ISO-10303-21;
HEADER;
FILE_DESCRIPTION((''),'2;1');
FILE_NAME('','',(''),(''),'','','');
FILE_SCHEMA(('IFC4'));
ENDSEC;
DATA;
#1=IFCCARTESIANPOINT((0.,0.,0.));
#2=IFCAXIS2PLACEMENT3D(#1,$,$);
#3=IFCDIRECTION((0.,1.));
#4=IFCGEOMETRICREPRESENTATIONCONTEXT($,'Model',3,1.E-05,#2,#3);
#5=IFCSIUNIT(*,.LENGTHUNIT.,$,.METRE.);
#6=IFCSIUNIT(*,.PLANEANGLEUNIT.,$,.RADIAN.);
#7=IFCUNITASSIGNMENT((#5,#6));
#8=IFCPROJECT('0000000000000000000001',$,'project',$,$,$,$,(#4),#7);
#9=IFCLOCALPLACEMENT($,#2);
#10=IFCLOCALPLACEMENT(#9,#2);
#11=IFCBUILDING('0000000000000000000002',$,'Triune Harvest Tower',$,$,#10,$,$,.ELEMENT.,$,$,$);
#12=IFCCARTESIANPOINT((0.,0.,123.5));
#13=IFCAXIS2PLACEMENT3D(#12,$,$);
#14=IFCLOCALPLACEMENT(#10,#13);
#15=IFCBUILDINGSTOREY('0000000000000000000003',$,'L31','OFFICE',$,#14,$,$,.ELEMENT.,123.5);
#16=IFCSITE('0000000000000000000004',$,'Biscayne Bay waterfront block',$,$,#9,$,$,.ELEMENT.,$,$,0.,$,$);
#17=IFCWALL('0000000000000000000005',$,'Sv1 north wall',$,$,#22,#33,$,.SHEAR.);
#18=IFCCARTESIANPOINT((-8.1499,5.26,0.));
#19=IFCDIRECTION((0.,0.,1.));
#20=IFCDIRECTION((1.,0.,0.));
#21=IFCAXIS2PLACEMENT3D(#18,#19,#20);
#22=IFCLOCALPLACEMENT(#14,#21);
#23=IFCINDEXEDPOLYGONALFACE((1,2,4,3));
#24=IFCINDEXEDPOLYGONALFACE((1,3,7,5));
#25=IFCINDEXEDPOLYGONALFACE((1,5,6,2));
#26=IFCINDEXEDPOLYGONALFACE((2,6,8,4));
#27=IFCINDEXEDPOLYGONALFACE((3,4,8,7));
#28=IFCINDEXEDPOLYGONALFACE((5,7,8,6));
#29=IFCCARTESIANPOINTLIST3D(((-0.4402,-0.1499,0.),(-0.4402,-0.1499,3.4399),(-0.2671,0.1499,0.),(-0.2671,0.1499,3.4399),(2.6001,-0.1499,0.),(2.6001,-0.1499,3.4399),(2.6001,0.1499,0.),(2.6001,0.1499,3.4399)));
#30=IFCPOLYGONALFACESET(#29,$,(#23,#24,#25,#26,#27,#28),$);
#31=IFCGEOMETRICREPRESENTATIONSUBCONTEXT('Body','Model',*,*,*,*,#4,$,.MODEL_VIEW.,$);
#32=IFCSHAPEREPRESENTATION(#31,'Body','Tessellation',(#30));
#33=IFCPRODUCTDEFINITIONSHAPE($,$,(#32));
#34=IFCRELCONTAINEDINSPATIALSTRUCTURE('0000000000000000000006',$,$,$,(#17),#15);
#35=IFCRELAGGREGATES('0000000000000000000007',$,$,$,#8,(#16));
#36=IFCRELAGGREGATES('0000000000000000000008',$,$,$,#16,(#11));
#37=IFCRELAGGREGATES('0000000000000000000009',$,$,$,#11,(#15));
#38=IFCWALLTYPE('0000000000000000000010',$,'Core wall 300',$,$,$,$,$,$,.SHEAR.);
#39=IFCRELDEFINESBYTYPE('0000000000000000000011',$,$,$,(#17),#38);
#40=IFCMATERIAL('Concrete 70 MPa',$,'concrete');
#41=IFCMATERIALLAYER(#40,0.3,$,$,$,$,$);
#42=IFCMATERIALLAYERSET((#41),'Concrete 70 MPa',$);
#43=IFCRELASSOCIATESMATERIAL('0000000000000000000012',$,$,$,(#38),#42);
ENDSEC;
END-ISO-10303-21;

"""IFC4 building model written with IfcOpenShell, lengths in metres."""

from ifc_helpers import new_model, si_unit, direction, frame, origin, place, context, subcontext, project, spatial, polyline, outline, extrude, source, transform, mapped, material, layer, layer_set, type_object, element, save


model = new_model("IFC4")

# Units and contexts
model_context = context("Model", 3, precision=1e-05, world=origin(), true_north=direction((0.0, 1.0)))
body_context = subcontext(model_context, "Body", "Model", "MODEL_VIEW")
ifc_project = project(units=[si_unit("LENGTHUNIT", "METRE"), si_unit("PLANEANGLEUNIT", "RADIAN")], contexts=[model_context])

# Site, building, storey
site_placement = place(None, origin())
site = spatial("IfcSite", under=ifc_project, at=site_placement, Name="Biscayne Bay waterfront block", CompositionType="ELEMENT", RefElevation=0.0)
building_placement = place(site_placement, origin())
building = spatial("IfcBuilding", under=site, at=building_placement, Name="Triune Harvest Tower", CompositionType="ELEMENT")
storey_placement = place(building_placement, frame((0.0, 0.0, 123.5)))
storey = spatial("IfcBuildingStorey", under=building, at=storey_placement, Name="L31", Description="OFFICE", CompositionType="ELEMENT", Elevation=123.5)

# Shared definitions
ifc_material_1 = material(Name="Concrete 70 MPa", Category="concrete")
ifc_layer_1 = layer(ifc_material_1, 0.3)
ifc_layer_set_1 = layer_set([ifc_layer_1], Name="Concrete 70 MPa")
wall_type_1 = type_object("IfcWallType", Name="Core wall 300", PredefinedType="SHEAR", material=ifc_layer_set_1)

# Wall
shared_shape_1 = source(origin(), body_context, "Body", "SweptSolid", [
    extrude(outline(polyline([(2.6001, -0.1499), (-0.4402, -0.1499), (-0.2671, 0.1499), (2.6001, 0.1499), (2.6001, -0.1499)])), origin(), (0.0, 0.0, 1.0), 3.4399),
])
wall_1_placement = place(storey_placement, frame((-8.1499, 5.26, 0.0), z_axis=(0.0, 0.0, 1.0), x_axis=(1.0, 0.0, 0.0)))
element("IfcWall", 1, at=wall_1_placement, inside=storey, type_object=wall_type_1, Name="Sv1 north wall", PredefinedType="SHEAR", context=body_context, shape_type="MappedRepresentation", body=[
    mapped(shared_shape_1, transform((0.0, 0.0, 0.0), scale=1.0)),
])

save(model, "model.ifc")
